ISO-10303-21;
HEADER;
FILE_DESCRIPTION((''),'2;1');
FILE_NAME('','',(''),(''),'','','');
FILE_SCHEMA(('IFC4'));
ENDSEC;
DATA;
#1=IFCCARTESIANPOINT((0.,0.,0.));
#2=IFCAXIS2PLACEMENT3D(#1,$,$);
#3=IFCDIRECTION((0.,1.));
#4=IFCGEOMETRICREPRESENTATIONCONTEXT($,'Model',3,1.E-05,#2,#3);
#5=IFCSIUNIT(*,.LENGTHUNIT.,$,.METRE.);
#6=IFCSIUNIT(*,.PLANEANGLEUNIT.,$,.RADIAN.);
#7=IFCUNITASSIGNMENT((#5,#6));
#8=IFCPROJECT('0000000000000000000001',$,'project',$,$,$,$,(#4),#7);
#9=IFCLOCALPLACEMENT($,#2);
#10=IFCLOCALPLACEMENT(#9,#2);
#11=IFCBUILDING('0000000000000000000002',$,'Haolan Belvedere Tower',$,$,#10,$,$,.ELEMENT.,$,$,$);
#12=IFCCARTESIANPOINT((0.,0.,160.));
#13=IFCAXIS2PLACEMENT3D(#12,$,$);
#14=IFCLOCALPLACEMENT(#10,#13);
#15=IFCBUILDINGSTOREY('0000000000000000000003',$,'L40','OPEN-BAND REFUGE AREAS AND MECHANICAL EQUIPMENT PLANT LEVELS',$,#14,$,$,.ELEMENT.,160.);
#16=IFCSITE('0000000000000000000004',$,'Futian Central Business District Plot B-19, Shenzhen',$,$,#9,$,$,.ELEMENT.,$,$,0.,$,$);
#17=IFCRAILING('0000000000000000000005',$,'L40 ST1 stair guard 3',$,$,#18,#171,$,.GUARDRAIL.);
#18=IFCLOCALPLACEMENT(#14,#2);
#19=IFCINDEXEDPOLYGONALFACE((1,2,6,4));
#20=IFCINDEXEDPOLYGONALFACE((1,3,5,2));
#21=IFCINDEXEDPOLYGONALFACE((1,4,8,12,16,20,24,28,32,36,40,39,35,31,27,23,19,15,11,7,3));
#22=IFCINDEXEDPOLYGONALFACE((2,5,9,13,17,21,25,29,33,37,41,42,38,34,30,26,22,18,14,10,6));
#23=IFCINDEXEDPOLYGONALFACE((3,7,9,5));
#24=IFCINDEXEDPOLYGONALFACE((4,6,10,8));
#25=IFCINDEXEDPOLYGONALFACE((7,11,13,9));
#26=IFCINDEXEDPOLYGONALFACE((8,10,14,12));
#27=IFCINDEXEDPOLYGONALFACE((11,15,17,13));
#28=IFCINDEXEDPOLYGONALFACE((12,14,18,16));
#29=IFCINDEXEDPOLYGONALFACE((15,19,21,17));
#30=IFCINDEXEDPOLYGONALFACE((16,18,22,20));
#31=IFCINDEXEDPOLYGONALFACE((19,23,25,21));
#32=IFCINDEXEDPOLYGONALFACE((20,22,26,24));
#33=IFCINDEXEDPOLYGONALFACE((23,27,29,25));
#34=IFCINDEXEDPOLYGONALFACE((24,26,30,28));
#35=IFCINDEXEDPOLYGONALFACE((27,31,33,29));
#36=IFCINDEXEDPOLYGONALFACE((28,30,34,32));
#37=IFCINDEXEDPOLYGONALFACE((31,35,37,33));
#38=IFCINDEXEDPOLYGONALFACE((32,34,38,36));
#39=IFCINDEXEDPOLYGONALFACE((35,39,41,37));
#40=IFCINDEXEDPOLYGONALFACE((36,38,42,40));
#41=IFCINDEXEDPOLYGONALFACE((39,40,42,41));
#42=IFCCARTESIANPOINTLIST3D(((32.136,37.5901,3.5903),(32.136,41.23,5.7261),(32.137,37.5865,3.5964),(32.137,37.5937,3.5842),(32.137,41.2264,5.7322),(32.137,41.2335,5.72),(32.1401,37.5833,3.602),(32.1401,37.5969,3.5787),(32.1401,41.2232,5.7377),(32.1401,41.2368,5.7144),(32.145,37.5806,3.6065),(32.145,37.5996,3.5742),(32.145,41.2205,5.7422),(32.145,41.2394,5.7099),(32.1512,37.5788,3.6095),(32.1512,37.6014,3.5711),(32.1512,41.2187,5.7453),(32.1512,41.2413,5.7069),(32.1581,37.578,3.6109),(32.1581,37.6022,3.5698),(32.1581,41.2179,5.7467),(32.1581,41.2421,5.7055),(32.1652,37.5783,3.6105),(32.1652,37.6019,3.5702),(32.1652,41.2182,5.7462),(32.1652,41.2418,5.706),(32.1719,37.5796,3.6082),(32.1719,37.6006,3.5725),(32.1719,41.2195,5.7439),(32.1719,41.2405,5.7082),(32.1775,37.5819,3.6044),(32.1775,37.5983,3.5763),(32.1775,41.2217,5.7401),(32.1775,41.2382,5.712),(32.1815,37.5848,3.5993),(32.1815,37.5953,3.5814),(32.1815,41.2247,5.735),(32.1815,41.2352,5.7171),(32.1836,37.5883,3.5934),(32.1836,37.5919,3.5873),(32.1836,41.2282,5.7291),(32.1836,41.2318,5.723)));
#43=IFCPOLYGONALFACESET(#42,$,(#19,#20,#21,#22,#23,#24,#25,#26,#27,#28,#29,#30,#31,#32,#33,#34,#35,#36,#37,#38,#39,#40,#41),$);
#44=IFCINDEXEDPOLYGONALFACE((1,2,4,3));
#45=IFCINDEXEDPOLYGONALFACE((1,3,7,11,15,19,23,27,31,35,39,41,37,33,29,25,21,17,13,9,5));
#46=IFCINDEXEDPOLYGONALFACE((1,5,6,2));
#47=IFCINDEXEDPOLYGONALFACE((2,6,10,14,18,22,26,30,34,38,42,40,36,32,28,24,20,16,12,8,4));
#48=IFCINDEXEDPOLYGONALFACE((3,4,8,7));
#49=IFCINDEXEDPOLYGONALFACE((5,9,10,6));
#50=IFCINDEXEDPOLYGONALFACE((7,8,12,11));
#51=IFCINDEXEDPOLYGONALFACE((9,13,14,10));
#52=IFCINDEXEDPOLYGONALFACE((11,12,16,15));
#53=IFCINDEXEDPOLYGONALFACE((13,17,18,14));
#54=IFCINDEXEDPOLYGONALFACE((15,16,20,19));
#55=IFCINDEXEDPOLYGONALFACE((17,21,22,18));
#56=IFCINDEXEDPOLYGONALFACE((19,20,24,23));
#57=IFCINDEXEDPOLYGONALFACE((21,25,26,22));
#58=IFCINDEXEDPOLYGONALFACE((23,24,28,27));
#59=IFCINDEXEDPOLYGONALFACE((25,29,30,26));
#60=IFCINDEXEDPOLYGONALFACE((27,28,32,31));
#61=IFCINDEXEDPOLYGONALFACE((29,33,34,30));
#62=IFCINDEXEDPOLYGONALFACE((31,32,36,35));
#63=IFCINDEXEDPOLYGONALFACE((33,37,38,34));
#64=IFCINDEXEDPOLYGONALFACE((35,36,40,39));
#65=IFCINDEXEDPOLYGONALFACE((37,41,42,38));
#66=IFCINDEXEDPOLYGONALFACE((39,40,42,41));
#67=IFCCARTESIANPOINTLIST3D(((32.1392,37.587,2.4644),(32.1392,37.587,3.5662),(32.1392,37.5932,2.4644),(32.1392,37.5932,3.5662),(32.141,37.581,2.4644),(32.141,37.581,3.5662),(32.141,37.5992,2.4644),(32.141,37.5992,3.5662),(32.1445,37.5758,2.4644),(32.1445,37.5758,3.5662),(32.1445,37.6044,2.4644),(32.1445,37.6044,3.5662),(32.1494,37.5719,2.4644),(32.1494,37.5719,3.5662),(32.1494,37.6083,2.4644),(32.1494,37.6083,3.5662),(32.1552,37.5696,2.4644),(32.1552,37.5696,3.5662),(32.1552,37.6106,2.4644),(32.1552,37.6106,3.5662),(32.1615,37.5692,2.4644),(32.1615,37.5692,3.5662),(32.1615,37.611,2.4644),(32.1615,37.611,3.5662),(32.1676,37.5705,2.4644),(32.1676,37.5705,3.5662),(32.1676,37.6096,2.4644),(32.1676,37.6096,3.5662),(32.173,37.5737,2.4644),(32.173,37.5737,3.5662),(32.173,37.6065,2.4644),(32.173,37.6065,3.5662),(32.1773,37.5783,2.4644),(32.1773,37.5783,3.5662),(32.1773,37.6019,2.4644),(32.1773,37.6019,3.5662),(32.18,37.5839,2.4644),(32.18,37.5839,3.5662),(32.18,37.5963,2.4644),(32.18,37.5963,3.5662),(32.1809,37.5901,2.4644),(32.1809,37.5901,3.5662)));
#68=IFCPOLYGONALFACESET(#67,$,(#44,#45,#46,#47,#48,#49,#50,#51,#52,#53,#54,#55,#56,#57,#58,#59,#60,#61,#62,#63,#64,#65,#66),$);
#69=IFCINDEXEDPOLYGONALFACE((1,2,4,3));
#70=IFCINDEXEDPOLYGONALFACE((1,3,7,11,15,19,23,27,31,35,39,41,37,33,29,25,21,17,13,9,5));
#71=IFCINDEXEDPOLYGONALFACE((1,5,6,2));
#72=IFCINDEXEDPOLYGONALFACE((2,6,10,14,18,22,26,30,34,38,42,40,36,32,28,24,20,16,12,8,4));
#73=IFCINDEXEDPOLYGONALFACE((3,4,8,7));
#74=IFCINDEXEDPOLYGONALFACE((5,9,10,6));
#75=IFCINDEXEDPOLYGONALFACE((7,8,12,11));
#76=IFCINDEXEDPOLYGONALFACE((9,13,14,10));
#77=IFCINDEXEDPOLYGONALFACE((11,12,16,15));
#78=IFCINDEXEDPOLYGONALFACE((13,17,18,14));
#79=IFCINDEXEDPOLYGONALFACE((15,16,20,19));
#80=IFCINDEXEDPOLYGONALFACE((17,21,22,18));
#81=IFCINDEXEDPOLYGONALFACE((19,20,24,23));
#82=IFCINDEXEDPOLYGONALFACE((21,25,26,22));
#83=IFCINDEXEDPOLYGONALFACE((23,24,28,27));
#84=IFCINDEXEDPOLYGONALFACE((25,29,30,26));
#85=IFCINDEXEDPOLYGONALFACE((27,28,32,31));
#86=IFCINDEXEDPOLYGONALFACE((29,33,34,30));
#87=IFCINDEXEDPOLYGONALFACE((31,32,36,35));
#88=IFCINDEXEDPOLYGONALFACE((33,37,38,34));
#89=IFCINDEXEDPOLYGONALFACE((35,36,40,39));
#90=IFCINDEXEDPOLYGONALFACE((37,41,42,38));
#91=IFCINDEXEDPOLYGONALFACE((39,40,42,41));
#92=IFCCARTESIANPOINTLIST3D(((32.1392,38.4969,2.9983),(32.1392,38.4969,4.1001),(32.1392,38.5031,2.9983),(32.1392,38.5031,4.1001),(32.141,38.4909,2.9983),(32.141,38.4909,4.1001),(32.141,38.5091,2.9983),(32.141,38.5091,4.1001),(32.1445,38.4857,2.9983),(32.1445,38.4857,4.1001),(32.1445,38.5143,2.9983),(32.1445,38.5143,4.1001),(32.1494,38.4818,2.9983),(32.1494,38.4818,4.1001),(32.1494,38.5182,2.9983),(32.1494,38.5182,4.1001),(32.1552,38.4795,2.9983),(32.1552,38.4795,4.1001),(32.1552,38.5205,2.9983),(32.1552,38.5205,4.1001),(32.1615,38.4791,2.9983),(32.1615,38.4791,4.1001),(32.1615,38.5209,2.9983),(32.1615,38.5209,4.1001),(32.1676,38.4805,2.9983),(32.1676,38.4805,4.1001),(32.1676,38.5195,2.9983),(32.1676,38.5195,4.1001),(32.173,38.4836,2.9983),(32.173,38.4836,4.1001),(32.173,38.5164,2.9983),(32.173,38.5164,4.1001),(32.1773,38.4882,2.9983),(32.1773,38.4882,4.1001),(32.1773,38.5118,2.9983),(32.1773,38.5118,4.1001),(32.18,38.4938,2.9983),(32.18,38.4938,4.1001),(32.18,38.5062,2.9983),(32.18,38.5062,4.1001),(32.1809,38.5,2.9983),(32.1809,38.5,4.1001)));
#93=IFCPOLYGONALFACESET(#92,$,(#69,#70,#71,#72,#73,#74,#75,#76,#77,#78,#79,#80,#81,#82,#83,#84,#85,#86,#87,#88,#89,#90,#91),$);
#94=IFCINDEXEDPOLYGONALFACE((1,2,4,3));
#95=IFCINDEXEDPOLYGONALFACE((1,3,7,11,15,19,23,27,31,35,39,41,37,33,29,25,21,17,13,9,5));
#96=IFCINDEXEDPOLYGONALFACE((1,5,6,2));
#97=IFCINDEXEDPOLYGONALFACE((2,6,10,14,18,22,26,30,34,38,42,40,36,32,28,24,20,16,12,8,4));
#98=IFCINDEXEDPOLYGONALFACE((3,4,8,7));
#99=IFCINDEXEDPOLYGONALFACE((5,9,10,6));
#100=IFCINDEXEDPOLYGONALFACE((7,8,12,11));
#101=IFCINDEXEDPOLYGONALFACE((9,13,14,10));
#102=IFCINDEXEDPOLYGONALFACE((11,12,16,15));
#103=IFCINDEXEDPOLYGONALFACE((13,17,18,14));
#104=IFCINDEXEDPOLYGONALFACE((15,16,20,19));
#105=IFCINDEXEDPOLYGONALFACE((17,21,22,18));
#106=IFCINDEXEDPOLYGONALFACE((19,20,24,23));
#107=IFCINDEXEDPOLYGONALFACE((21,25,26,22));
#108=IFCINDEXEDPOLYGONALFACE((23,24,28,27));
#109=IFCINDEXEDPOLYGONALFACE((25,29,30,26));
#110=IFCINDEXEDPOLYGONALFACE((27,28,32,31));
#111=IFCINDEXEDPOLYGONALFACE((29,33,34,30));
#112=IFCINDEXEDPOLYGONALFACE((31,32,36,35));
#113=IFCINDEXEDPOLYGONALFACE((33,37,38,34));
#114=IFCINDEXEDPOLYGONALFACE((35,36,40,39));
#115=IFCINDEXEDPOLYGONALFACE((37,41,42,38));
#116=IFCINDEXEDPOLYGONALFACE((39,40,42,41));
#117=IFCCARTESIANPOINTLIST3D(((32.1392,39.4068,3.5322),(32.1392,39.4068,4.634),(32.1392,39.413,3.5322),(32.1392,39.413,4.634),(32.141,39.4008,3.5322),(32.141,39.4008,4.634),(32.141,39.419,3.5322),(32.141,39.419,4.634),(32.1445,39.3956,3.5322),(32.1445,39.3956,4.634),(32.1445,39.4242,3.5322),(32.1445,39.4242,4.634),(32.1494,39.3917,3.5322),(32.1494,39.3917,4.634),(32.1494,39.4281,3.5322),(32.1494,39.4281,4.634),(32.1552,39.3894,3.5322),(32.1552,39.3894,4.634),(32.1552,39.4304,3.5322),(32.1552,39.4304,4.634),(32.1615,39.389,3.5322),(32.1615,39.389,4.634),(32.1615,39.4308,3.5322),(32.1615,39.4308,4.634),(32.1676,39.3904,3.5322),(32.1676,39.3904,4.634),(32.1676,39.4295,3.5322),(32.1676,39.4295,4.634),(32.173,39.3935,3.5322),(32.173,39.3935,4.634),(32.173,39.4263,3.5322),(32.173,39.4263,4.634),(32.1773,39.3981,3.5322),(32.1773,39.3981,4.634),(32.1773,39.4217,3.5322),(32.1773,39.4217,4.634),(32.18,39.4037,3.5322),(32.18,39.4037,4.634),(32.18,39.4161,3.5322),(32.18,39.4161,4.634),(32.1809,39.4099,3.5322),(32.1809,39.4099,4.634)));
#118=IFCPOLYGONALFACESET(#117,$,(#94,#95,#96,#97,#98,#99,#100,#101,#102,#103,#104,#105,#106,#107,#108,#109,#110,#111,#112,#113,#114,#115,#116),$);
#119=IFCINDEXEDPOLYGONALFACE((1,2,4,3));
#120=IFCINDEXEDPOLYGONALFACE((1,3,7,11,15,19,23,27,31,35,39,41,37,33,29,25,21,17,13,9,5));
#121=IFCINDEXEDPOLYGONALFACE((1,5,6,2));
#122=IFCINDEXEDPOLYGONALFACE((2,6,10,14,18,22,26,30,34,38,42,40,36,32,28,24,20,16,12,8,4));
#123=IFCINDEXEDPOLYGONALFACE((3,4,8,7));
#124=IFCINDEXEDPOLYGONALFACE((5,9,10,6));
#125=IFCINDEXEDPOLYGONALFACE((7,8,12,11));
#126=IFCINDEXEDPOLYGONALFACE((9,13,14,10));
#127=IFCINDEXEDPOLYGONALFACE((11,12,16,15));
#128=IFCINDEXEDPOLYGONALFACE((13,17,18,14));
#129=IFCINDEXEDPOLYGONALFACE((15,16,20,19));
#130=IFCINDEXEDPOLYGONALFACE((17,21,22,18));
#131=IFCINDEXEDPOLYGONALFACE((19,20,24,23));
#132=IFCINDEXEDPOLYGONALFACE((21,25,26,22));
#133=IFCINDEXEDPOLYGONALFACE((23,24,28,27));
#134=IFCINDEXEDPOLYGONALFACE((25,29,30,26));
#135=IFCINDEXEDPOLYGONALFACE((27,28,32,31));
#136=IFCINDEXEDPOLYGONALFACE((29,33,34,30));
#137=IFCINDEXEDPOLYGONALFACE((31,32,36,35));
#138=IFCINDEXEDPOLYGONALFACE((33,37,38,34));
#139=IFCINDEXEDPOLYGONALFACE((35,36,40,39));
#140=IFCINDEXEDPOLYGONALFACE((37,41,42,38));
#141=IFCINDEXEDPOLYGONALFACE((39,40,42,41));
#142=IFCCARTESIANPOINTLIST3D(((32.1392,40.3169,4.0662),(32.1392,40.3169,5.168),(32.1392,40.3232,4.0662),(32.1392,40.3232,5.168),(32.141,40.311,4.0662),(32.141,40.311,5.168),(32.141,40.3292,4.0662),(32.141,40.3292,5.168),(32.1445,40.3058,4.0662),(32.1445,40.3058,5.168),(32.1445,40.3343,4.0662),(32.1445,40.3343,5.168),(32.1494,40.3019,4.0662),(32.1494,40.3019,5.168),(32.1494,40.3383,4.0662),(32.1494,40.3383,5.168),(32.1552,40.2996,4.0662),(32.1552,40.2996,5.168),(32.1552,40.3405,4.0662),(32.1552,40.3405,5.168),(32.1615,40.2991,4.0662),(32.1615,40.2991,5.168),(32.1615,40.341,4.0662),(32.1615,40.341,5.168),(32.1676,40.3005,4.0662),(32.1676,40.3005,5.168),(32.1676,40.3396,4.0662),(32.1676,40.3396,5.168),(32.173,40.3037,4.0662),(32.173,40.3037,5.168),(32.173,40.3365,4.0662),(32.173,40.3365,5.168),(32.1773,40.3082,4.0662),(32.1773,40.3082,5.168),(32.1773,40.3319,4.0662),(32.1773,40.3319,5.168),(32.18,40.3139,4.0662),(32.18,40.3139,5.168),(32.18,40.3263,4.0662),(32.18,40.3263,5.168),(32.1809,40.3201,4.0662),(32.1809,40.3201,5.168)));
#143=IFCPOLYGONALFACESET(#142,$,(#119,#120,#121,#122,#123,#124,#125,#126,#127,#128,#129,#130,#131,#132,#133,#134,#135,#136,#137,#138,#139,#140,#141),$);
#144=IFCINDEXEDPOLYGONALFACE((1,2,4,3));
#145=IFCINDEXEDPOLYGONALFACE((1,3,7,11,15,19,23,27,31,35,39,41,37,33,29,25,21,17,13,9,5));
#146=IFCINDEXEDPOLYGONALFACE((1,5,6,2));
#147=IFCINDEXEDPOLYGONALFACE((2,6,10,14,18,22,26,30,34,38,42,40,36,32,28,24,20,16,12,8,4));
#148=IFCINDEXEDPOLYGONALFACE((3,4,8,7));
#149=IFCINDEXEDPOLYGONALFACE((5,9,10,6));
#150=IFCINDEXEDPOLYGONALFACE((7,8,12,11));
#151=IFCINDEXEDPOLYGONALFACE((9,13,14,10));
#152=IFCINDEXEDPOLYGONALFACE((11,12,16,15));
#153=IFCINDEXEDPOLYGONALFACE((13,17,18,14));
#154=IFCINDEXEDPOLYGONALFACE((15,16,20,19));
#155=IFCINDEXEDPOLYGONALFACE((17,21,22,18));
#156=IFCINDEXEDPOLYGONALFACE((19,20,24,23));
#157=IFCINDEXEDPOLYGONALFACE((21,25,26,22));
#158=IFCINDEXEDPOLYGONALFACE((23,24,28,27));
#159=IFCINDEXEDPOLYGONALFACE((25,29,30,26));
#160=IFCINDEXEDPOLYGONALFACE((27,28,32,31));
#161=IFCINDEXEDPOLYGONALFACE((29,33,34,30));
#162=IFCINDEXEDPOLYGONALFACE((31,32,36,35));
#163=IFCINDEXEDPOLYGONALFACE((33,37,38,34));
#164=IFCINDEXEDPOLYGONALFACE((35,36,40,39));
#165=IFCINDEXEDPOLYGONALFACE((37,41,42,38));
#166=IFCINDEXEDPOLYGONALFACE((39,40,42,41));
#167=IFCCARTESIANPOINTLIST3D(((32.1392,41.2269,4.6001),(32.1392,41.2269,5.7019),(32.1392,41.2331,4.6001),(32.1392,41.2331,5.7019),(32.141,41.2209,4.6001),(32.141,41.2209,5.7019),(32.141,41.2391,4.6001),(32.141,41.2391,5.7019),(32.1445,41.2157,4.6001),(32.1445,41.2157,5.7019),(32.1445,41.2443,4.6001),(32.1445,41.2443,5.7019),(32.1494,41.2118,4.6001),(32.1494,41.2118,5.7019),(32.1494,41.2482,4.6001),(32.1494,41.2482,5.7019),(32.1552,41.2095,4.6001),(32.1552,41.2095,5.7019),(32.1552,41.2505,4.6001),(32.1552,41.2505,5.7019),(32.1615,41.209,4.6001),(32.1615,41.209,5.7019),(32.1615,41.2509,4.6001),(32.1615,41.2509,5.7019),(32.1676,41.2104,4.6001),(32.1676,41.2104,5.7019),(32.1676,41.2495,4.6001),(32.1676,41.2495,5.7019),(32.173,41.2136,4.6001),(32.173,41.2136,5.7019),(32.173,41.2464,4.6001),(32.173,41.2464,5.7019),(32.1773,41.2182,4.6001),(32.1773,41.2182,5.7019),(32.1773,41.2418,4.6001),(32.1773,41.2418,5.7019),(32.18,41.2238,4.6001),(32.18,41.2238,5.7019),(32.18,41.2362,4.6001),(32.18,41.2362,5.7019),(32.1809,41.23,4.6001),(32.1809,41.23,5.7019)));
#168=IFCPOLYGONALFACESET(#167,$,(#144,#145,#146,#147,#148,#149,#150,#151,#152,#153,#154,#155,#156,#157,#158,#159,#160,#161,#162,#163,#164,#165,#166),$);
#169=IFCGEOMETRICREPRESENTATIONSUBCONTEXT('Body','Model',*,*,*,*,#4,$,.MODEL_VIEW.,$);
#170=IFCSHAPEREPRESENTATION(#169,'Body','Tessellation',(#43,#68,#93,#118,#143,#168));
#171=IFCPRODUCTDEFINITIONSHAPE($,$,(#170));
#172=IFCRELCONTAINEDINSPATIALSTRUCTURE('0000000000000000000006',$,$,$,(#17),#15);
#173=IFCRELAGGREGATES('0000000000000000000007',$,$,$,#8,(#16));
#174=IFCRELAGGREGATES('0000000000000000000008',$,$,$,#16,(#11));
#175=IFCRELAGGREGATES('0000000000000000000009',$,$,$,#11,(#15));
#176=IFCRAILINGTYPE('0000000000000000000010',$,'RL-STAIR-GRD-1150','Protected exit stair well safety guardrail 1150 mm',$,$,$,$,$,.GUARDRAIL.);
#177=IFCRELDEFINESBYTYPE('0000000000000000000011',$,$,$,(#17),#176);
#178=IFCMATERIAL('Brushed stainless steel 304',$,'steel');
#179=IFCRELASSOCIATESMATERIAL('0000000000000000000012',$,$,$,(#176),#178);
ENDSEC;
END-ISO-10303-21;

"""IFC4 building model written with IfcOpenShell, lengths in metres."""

from ifc_helpers import new_model, si_unit, direction, frame, origin, origin_2d, place, context, subcontext, project, spatial, circle, extrude, material, type_object, element, save


model = new_model("IFC4")

# Units and contexts
model_context = context("Model", 3, precision=1e-05, world=origin(), true_north=direction((0.0, 1.0)))
body_context = subcontext(model_context, "Body", "Model", "MODEL_VIEW")
ifc_project = project(units=[si_unit("LENGTHUNIT", "METRE"), si_unit("PLANEANGLEUNIT", "RADIAN")], contexts=[model_context])

# Site, building, storey
site_placement = place(None, origin())
site = spatial("IfcSite", under=ifc_project, at=site_placement, Name="Futian Central Business District Plot B-19, Shenzhen", CompositionType="ELEMENT", RefElevation=0.0)
building_placement = place(site_placement, origin())
building = spatial("IfcBuilding", under=site, at=building_placement, Name="Haolan Belvedere Tower", CompositionType="ELEMENT")
storey_placement = place(building_placement, frame((0.0, 0.0, 160.0)))
storey = spatial("IfcBuildingStorey", under=building, at=storey_placement, Name="L40", Description="OPEN-BAND REFUGE AREAS AND MECHANICAL EQUIPMENT PLANT LEVELS", CompositionType="ELEMENT", Elevation=160.0)

# Railing
ifc_material_1 = material(Name="Brushed stainless steel 304", Category="steel")
railing_type_1 = type_object("IfcRailingType", Name="RL-STAIR-GRD-1150", Description="Protected exit stair well safety guardrail 1150 mm", PredefinedType="GUARDRAIL", material=ifc_material_1)
railing_1_placement = place(storey_placement, frame((32.1599, 37.5901, 2.4644)))
element("IfcRailing", 1, at=railing_1_placement, inside=storey, type_object=railing_type_1, Name="L40 ST1 stair guard 3", PredefinedType="GUARDRAIL", context=body_context, shape_type="SweptSolid", body=[
    extrude(circle(Radius=0.0239, at=origin_2d()), frame((0.0, 0.0, 1.126), z_axis=(0.0, 0.86249, 0.506074), x_axis=(-1.0, 0.0, 0.0)), (0.0, 0.0, 1.0), 4.2202),
    extrude(circle(Radius=0.021, at=origin_2d()), origin(), (0.0, 0.0, 1.0), 1.1018),
    extrude(circle(Radius=0.021, at=origin_2d()), frame((0.0, 0.9099, 0.5339)), (0.0, 0.0, 1.0), 1.1018),
    extrude(circle(Radius=0.021, at=origin_2d()), frame((0.0, 1.8198, 1.0679)), (0.0, 0.0, 1.0), 1.1018),
    extrude(circle(Radius=0.021, at=origin_2d()), frame((0.0, 2.73, 1.6018)), (0.0, 0.0, 1.0), 1.1018),
    extrude(circle(Radius=0.021, at=origin_2d()), frame((0.0, 3.6399, 2.1357)), (0.0, 0.0, 1.0), 1.1018),
])

save(model, "model.ifc")
